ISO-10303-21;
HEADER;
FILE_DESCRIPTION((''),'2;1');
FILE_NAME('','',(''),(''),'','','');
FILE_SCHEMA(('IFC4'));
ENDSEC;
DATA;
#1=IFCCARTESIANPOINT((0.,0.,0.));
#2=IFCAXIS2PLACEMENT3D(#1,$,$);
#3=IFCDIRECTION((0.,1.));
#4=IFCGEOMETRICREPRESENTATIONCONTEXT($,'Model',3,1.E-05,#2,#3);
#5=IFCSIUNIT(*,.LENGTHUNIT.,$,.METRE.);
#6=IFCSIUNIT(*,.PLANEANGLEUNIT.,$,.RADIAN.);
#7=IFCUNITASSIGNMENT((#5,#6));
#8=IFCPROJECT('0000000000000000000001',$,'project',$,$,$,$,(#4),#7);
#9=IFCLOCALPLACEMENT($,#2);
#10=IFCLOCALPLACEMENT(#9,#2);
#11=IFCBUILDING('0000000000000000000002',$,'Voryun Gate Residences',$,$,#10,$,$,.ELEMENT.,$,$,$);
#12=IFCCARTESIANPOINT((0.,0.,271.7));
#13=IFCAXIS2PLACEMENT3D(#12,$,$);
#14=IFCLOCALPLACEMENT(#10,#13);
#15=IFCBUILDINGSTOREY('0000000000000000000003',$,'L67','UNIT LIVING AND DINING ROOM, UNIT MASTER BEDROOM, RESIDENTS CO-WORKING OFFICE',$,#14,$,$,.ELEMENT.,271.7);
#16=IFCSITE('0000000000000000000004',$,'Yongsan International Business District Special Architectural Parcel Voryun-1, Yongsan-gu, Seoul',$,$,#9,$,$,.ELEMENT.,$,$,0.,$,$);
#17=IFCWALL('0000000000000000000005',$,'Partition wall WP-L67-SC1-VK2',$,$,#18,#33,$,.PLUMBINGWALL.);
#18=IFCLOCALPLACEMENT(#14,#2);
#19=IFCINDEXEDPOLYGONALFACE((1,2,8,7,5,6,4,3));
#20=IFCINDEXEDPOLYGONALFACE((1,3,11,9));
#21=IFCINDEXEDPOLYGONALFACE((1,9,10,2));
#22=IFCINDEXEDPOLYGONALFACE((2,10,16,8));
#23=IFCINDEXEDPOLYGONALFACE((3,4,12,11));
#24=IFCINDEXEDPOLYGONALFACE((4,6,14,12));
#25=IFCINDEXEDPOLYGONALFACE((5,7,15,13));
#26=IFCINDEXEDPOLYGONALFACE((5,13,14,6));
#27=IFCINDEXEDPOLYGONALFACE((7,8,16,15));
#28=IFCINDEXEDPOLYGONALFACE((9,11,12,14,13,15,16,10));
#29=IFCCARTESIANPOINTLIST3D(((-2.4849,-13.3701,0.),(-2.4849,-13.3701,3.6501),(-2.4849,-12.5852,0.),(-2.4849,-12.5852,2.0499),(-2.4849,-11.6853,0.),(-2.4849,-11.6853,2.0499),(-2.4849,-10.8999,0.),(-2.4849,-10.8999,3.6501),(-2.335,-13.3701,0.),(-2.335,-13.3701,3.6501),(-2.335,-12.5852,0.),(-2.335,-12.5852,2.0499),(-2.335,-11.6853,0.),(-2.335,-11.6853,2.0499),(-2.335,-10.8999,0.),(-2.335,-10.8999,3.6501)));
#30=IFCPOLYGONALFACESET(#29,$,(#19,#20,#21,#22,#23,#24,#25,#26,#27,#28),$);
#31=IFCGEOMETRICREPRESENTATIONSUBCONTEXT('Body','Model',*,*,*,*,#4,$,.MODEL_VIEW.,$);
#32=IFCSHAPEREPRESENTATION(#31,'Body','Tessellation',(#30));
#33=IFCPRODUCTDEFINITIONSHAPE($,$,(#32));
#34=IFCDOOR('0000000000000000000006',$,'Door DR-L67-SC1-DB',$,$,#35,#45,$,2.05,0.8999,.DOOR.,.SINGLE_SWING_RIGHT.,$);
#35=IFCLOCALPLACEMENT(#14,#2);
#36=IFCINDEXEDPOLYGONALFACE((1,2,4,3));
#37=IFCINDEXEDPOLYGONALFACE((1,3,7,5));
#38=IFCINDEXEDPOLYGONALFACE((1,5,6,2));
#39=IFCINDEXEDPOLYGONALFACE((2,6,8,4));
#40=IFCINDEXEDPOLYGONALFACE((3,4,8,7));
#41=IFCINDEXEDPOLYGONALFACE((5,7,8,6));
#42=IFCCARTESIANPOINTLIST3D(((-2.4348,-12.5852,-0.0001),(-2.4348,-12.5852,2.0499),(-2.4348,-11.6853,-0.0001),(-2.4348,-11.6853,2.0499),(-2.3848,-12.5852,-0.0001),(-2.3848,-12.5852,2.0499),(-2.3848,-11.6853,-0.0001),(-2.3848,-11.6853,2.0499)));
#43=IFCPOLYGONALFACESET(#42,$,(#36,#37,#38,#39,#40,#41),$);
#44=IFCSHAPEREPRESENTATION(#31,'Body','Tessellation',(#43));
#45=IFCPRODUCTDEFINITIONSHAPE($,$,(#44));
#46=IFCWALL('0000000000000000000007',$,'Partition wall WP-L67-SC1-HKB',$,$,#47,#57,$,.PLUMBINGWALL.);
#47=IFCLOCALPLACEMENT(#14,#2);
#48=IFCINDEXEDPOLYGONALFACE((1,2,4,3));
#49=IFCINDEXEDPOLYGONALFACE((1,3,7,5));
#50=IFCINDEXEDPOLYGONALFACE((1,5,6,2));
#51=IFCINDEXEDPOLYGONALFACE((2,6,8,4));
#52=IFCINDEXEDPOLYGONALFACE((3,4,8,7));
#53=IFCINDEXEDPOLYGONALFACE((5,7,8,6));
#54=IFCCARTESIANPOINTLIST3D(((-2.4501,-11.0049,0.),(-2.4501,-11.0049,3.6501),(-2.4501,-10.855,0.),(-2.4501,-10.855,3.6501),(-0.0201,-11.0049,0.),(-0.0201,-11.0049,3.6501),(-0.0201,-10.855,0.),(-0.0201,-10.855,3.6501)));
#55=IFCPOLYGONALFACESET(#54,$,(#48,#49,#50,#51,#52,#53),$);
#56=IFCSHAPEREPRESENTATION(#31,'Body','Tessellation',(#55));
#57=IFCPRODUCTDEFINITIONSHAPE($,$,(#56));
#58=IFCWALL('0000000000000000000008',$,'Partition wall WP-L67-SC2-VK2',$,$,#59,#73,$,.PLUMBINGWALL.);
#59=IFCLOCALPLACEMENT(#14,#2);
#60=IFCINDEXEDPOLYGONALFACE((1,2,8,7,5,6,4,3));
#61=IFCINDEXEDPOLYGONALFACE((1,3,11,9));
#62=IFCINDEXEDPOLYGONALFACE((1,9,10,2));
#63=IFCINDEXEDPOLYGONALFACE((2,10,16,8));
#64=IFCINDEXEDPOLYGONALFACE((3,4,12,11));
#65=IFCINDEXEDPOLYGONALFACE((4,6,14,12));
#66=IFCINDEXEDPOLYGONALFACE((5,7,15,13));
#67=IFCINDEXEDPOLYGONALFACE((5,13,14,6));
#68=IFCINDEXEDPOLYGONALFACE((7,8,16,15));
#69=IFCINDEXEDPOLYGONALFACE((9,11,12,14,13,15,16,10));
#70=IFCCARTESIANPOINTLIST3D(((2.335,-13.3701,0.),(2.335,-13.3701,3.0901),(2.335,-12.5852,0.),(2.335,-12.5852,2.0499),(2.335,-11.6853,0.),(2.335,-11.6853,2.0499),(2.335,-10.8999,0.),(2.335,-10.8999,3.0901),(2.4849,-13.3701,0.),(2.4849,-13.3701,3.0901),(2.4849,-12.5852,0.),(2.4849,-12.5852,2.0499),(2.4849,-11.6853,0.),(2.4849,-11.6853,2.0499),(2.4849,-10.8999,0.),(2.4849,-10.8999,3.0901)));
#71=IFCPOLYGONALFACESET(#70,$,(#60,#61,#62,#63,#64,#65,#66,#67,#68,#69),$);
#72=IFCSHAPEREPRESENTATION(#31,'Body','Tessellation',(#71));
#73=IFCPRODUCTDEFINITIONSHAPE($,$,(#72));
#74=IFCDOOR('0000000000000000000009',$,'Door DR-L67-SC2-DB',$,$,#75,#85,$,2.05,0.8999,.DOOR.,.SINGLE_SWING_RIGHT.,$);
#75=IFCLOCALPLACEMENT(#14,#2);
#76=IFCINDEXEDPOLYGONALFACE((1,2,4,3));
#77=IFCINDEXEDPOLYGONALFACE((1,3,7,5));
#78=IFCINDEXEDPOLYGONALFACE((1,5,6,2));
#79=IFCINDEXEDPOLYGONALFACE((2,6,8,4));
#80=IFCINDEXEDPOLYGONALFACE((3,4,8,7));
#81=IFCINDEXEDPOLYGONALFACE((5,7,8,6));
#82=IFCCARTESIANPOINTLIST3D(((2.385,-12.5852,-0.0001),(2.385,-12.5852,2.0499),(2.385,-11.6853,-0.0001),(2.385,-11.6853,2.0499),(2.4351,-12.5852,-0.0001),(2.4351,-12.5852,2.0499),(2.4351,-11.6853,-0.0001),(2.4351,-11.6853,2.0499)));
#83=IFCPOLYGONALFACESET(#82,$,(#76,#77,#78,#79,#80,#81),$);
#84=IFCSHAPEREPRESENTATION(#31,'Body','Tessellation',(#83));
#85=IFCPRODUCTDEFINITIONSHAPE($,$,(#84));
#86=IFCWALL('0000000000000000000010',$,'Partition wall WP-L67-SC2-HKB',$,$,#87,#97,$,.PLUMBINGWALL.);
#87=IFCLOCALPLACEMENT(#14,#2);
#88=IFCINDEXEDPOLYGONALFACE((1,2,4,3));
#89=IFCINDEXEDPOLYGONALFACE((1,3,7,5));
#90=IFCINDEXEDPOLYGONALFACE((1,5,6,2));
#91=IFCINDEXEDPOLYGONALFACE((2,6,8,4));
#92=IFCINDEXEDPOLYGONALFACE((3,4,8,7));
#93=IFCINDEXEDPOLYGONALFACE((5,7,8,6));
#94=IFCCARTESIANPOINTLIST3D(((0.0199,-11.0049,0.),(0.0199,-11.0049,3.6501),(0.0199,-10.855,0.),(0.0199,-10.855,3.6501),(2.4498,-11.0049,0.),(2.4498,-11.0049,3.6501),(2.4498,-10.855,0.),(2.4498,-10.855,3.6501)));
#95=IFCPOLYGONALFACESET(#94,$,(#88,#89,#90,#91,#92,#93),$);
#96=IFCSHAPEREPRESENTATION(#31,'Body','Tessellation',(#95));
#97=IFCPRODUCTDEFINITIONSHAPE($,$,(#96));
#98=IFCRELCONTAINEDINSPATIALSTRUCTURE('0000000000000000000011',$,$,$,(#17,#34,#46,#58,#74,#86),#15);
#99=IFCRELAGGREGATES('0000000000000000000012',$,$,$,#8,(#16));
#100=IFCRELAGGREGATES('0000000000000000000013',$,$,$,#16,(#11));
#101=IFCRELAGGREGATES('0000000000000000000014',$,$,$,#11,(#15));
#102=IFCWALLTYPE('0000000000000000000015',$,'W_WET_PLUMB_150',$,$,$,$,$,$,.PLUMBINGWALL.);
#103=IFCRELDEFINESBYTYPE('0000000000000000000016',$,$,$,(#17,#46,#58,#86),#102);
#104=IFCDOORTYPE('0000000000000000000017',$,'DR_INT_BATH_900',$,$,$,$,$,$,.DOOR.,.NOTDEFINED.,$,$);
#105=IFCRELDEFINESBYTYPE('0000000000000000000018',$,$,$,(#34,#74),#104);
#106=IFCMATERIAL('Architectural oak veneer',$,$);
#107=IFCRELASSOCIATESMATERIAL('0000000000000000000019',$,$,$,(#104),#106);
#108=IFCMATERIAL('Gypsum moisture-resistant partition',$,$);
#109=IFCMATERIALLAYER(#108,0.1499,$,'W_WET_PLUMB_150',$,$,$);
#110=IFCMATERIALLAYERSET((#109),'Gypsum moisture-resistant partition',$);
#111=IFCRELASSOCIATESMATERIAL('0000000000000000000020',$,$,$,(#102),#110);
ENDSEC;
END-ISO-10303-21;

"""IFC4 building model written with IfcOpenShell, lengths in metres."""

from ifc_helpers import new_model, si_unit, direction, frame, frame_2d, origin, place, context, subcontext, project, spatial, rectangle, extrude, material, layer, layer_set, type_object, element, fill, save


model = new_model("IFC4")

# Units and contexts
model_context = context("Model", 3, precision=1e-05, world=origin(), true_north=direction((0.0, 1.0)))
body_context = subcontext(model_context, "Body", "Model", "MODEL_VIEW")
ifc_project = project(units=[si_unit("LENGTHUNIT", "METRE"), si_unit("PLANEANGLEUNIT", "RADIAN")], contexts=[model_context])

# Site, building, storey
site_placement = place(None, origin())
site = spatial("IfcSite", under=ifc_project, at=site_placement, Name="Yongsan International Business District Special Architectural Parcel Voryun-1, Yongsan-gu, Seoul", CompositionType="ELEMENT", RefElevation=0.0)
building_placement = place(site_placement, origin())
building = spatial("IfcBuilding", under=site, at=building_placement, Name="Voryun Gate Residences", CompositionType="ELEMENT")
storey_placement = place(building_placement, frame((0.0, 0.0, 271.7)))
storey = spatial("IfcBuildingStorey", under=building, at=storey_placement, Name="L67", Description="UNIT LIVING AND DINING ROOM, UNIT MASTER BEDROOM, RESIDENTS CO-WORKING OFFICE", CompositionType="ELEMENT", Elevation=271.7)

# Shared definitions
ifc_material_1 = material(Name="Architectural oak veneer")
door_type_1 = type_object("IfcDoorType", Name="DR_INT_BATH_900", OperationType="NOTDEFINED", PredefinedType="DOOR", material=ifc_material_1)

# Wall, opening, door
ifc_material_2 = material(Name="Gypsum moisture-resistant partition")
ifc_layer_1 = layer(ifc_material_2, 0.1499, Name="W_WET_PLUMB_150")
ifc_layer_set_1 = layer_set([ifc_layer_1], Name="Gypsum moisture-resistant partition")
wall_type_1 = type_object("IfcWallType", Name="W_WET_PLUMB_150", PredefinedType="PLUMBINGWALL", material=ifc_layer_set_1)
wall_1_placement = place(storey_placement, frame((-2.4099, -13.3701, 0.0), z_axis=(0.0, 0.0, 1.0), x_axis=(0.0, 1.0, 0.0)))
wall_1 = element("IfcWall", 1, at=wall_1_placement, inside=storey, type_object=wall_type_1, Name="Partition wall WP-L67-SC1-VK2", PredefinedType="PLUMBINGWALL", context=body_context, shape_type="SweptSolid", body=[
    extrude(rectangle(XDim=2.4702, YDim=0.1499, at=frame_2d((1.2351, 0.0))), origin(), (0.0, 0.0, 1.0), 3.6501),
])
opening_1_placement = place(wall_1_placement, frame((0.7849, 0.0, 0.0)))
opening_1 = element("IfcOpeningElement", 2, at=opening_1_placement, cuts=wall_1, PredefinedType="OPENING", context=body_context, shape_type="SweptSolid", body=[
    extrude(rectangle(XDim=0.8999, YDim=2.05, at=frame_2d((0.45, 1.0249))), frame((0.0, 0.085, 0.0), z_axis=(0.0, -1.0, 0.0), x_axis=(1.0, 0.0, 0.0)), (0.0, 0.0, 1.0), 0.1699),
])
door_1_placement = place(opening_1_placement, origin())
door_1 = element("IfcDoor", 3, at=door_1_placement, inside=storey, type_object=door_type_1, Name="Door DR-L67-SC1-DB", OperationType="SINGLE_SWING_RIGHT", OverallHeight=2.05, OverallWidth=0.8999, PredefinedType="DOOR", context=body_context, shape_type="SweptSolid", body=[
    extrude(rectangle(XDim=0.8999, YDim=2.05, at=frame_2d((0.45, 1.0249))), frame((0.0, 0.0249, 0.0), z_axis=(0.0, -1.0, 0.0), x_axis=(1.0, 0.0, 0.0)), (0.0, 0.0, 1.0), 0.05),
])
fill(opening_1, door_1)

# Wall
wall_2_placement = place(storey_placement, frame((-2.45, -10.9299, 0.0), z_axis=(0.0, 0.0, 1.0), x_axis=(1.0, 0.0, 0.0)))
element("IfcWall", 4, at=wall_2_placement, inside=storey, type_object=wall_type_1, Name="Partition wall WP-L67-SC1-HKB", PredefinedType="PLUMBINGWALL", context=body_context, shape_type="SweptSolid", body=[
    extrude(rectangle(XDim=2.4299, YDim=0.1499, at=frame_2d((1.2148, 0.0))), origin(), (0.0, 0.0, 1.0), 3.6501),
])

# Wall, opening, door
wall_3_placement = place(storey_placement, frame((2.4099, -13.3701, 0.0), z_axis=(0.0, 0.0, 1.0), x_axis=(0.0, 1.0, 0.0)))
wall_3 = element("IfcWall", 5, at=wall_3_placement, inside=storey, type_object=wall_type_1, Name="Partition wall WP-L67-SC2-VK2", PredefinedType="PLUMBINGWALL", context=body_context, shape_type="SweptSolid", body=[
    extrude(rectangle(XDim=2.4702, YDim=0.1499, at=frame_2d((1.2351, 0.0))), origin(), (0.0, 0.0, 1.0), 3.0901),
])
opening_2_placement = place(wall_3_placement, frame((0.7849, 0.0, 0.0)))
opening_2 = element("IfcOpeningElement", 6, at=opening_2_placement, cuts=wall_3, PredefinedType="OPENING", context=body_context, shape_type="SweptSolid", body=[
    extrude(rectangle(XDim=0.8999, YDim=2.05, at=frame_2d((0.45, 1.0249))), frame((0.0, 0.085, 0.0), z_axis=(0.0, -1.0, 0.0), x_axis=(1.0, 0.0, 0.0)), (0.0, 0.0, 1.0), 0.1699),
])
door_2_placement = place(opening_2_placement, origin())
door_2 = element("IfcDoor", 7, at=door_2_placement, inside=storey, type_object=door_type_1, Name="Door DR-L67-SC2-DB", OperationType="SINGLE_SWING_RIGHT", OverallHeight=2.05, OverallWidth=0.8999, PredefinedType="DOOR", context=body_context, shape_type="SweptSolid", body=[
    extrude(rectangle(XDim=0.8999, YDim=2.05, at=frame_2d((0.45, 1.0249))), frame((0.0, 0.0249, 0.0), z_axis=(0.0, -1.0, 0.0), x_axis=(1.0, 0.0, 0.0)), (0.0, 0.0, 1.0), 0.05),
])
fill(opening_2, door_2)

# Wall
wall_4_placement = place(storey_placement, frame((0.02, -10.9299, 0.0), z_axis=(0.0, 0.0, 1.0), x_axis=(1.0, 0.0, 0.0)))
element("IfcWall", 8, at=wall_4_placement, inside=storey, type_object=wall_type_1, Name="Partition wall WP-L67-SC2-HKB", PredefinedType="PLUMBINGWALL", context=body_context, shape_type="SweptSolid", body=[
    extrude(rectangle(XDim=2.4299, YDim=0.1499, at=frame_2d((1.2148, 0.0))), origin(), (0.0, 0.0, 1.0), 3.6501),
])

save(model, "model.ifc")
